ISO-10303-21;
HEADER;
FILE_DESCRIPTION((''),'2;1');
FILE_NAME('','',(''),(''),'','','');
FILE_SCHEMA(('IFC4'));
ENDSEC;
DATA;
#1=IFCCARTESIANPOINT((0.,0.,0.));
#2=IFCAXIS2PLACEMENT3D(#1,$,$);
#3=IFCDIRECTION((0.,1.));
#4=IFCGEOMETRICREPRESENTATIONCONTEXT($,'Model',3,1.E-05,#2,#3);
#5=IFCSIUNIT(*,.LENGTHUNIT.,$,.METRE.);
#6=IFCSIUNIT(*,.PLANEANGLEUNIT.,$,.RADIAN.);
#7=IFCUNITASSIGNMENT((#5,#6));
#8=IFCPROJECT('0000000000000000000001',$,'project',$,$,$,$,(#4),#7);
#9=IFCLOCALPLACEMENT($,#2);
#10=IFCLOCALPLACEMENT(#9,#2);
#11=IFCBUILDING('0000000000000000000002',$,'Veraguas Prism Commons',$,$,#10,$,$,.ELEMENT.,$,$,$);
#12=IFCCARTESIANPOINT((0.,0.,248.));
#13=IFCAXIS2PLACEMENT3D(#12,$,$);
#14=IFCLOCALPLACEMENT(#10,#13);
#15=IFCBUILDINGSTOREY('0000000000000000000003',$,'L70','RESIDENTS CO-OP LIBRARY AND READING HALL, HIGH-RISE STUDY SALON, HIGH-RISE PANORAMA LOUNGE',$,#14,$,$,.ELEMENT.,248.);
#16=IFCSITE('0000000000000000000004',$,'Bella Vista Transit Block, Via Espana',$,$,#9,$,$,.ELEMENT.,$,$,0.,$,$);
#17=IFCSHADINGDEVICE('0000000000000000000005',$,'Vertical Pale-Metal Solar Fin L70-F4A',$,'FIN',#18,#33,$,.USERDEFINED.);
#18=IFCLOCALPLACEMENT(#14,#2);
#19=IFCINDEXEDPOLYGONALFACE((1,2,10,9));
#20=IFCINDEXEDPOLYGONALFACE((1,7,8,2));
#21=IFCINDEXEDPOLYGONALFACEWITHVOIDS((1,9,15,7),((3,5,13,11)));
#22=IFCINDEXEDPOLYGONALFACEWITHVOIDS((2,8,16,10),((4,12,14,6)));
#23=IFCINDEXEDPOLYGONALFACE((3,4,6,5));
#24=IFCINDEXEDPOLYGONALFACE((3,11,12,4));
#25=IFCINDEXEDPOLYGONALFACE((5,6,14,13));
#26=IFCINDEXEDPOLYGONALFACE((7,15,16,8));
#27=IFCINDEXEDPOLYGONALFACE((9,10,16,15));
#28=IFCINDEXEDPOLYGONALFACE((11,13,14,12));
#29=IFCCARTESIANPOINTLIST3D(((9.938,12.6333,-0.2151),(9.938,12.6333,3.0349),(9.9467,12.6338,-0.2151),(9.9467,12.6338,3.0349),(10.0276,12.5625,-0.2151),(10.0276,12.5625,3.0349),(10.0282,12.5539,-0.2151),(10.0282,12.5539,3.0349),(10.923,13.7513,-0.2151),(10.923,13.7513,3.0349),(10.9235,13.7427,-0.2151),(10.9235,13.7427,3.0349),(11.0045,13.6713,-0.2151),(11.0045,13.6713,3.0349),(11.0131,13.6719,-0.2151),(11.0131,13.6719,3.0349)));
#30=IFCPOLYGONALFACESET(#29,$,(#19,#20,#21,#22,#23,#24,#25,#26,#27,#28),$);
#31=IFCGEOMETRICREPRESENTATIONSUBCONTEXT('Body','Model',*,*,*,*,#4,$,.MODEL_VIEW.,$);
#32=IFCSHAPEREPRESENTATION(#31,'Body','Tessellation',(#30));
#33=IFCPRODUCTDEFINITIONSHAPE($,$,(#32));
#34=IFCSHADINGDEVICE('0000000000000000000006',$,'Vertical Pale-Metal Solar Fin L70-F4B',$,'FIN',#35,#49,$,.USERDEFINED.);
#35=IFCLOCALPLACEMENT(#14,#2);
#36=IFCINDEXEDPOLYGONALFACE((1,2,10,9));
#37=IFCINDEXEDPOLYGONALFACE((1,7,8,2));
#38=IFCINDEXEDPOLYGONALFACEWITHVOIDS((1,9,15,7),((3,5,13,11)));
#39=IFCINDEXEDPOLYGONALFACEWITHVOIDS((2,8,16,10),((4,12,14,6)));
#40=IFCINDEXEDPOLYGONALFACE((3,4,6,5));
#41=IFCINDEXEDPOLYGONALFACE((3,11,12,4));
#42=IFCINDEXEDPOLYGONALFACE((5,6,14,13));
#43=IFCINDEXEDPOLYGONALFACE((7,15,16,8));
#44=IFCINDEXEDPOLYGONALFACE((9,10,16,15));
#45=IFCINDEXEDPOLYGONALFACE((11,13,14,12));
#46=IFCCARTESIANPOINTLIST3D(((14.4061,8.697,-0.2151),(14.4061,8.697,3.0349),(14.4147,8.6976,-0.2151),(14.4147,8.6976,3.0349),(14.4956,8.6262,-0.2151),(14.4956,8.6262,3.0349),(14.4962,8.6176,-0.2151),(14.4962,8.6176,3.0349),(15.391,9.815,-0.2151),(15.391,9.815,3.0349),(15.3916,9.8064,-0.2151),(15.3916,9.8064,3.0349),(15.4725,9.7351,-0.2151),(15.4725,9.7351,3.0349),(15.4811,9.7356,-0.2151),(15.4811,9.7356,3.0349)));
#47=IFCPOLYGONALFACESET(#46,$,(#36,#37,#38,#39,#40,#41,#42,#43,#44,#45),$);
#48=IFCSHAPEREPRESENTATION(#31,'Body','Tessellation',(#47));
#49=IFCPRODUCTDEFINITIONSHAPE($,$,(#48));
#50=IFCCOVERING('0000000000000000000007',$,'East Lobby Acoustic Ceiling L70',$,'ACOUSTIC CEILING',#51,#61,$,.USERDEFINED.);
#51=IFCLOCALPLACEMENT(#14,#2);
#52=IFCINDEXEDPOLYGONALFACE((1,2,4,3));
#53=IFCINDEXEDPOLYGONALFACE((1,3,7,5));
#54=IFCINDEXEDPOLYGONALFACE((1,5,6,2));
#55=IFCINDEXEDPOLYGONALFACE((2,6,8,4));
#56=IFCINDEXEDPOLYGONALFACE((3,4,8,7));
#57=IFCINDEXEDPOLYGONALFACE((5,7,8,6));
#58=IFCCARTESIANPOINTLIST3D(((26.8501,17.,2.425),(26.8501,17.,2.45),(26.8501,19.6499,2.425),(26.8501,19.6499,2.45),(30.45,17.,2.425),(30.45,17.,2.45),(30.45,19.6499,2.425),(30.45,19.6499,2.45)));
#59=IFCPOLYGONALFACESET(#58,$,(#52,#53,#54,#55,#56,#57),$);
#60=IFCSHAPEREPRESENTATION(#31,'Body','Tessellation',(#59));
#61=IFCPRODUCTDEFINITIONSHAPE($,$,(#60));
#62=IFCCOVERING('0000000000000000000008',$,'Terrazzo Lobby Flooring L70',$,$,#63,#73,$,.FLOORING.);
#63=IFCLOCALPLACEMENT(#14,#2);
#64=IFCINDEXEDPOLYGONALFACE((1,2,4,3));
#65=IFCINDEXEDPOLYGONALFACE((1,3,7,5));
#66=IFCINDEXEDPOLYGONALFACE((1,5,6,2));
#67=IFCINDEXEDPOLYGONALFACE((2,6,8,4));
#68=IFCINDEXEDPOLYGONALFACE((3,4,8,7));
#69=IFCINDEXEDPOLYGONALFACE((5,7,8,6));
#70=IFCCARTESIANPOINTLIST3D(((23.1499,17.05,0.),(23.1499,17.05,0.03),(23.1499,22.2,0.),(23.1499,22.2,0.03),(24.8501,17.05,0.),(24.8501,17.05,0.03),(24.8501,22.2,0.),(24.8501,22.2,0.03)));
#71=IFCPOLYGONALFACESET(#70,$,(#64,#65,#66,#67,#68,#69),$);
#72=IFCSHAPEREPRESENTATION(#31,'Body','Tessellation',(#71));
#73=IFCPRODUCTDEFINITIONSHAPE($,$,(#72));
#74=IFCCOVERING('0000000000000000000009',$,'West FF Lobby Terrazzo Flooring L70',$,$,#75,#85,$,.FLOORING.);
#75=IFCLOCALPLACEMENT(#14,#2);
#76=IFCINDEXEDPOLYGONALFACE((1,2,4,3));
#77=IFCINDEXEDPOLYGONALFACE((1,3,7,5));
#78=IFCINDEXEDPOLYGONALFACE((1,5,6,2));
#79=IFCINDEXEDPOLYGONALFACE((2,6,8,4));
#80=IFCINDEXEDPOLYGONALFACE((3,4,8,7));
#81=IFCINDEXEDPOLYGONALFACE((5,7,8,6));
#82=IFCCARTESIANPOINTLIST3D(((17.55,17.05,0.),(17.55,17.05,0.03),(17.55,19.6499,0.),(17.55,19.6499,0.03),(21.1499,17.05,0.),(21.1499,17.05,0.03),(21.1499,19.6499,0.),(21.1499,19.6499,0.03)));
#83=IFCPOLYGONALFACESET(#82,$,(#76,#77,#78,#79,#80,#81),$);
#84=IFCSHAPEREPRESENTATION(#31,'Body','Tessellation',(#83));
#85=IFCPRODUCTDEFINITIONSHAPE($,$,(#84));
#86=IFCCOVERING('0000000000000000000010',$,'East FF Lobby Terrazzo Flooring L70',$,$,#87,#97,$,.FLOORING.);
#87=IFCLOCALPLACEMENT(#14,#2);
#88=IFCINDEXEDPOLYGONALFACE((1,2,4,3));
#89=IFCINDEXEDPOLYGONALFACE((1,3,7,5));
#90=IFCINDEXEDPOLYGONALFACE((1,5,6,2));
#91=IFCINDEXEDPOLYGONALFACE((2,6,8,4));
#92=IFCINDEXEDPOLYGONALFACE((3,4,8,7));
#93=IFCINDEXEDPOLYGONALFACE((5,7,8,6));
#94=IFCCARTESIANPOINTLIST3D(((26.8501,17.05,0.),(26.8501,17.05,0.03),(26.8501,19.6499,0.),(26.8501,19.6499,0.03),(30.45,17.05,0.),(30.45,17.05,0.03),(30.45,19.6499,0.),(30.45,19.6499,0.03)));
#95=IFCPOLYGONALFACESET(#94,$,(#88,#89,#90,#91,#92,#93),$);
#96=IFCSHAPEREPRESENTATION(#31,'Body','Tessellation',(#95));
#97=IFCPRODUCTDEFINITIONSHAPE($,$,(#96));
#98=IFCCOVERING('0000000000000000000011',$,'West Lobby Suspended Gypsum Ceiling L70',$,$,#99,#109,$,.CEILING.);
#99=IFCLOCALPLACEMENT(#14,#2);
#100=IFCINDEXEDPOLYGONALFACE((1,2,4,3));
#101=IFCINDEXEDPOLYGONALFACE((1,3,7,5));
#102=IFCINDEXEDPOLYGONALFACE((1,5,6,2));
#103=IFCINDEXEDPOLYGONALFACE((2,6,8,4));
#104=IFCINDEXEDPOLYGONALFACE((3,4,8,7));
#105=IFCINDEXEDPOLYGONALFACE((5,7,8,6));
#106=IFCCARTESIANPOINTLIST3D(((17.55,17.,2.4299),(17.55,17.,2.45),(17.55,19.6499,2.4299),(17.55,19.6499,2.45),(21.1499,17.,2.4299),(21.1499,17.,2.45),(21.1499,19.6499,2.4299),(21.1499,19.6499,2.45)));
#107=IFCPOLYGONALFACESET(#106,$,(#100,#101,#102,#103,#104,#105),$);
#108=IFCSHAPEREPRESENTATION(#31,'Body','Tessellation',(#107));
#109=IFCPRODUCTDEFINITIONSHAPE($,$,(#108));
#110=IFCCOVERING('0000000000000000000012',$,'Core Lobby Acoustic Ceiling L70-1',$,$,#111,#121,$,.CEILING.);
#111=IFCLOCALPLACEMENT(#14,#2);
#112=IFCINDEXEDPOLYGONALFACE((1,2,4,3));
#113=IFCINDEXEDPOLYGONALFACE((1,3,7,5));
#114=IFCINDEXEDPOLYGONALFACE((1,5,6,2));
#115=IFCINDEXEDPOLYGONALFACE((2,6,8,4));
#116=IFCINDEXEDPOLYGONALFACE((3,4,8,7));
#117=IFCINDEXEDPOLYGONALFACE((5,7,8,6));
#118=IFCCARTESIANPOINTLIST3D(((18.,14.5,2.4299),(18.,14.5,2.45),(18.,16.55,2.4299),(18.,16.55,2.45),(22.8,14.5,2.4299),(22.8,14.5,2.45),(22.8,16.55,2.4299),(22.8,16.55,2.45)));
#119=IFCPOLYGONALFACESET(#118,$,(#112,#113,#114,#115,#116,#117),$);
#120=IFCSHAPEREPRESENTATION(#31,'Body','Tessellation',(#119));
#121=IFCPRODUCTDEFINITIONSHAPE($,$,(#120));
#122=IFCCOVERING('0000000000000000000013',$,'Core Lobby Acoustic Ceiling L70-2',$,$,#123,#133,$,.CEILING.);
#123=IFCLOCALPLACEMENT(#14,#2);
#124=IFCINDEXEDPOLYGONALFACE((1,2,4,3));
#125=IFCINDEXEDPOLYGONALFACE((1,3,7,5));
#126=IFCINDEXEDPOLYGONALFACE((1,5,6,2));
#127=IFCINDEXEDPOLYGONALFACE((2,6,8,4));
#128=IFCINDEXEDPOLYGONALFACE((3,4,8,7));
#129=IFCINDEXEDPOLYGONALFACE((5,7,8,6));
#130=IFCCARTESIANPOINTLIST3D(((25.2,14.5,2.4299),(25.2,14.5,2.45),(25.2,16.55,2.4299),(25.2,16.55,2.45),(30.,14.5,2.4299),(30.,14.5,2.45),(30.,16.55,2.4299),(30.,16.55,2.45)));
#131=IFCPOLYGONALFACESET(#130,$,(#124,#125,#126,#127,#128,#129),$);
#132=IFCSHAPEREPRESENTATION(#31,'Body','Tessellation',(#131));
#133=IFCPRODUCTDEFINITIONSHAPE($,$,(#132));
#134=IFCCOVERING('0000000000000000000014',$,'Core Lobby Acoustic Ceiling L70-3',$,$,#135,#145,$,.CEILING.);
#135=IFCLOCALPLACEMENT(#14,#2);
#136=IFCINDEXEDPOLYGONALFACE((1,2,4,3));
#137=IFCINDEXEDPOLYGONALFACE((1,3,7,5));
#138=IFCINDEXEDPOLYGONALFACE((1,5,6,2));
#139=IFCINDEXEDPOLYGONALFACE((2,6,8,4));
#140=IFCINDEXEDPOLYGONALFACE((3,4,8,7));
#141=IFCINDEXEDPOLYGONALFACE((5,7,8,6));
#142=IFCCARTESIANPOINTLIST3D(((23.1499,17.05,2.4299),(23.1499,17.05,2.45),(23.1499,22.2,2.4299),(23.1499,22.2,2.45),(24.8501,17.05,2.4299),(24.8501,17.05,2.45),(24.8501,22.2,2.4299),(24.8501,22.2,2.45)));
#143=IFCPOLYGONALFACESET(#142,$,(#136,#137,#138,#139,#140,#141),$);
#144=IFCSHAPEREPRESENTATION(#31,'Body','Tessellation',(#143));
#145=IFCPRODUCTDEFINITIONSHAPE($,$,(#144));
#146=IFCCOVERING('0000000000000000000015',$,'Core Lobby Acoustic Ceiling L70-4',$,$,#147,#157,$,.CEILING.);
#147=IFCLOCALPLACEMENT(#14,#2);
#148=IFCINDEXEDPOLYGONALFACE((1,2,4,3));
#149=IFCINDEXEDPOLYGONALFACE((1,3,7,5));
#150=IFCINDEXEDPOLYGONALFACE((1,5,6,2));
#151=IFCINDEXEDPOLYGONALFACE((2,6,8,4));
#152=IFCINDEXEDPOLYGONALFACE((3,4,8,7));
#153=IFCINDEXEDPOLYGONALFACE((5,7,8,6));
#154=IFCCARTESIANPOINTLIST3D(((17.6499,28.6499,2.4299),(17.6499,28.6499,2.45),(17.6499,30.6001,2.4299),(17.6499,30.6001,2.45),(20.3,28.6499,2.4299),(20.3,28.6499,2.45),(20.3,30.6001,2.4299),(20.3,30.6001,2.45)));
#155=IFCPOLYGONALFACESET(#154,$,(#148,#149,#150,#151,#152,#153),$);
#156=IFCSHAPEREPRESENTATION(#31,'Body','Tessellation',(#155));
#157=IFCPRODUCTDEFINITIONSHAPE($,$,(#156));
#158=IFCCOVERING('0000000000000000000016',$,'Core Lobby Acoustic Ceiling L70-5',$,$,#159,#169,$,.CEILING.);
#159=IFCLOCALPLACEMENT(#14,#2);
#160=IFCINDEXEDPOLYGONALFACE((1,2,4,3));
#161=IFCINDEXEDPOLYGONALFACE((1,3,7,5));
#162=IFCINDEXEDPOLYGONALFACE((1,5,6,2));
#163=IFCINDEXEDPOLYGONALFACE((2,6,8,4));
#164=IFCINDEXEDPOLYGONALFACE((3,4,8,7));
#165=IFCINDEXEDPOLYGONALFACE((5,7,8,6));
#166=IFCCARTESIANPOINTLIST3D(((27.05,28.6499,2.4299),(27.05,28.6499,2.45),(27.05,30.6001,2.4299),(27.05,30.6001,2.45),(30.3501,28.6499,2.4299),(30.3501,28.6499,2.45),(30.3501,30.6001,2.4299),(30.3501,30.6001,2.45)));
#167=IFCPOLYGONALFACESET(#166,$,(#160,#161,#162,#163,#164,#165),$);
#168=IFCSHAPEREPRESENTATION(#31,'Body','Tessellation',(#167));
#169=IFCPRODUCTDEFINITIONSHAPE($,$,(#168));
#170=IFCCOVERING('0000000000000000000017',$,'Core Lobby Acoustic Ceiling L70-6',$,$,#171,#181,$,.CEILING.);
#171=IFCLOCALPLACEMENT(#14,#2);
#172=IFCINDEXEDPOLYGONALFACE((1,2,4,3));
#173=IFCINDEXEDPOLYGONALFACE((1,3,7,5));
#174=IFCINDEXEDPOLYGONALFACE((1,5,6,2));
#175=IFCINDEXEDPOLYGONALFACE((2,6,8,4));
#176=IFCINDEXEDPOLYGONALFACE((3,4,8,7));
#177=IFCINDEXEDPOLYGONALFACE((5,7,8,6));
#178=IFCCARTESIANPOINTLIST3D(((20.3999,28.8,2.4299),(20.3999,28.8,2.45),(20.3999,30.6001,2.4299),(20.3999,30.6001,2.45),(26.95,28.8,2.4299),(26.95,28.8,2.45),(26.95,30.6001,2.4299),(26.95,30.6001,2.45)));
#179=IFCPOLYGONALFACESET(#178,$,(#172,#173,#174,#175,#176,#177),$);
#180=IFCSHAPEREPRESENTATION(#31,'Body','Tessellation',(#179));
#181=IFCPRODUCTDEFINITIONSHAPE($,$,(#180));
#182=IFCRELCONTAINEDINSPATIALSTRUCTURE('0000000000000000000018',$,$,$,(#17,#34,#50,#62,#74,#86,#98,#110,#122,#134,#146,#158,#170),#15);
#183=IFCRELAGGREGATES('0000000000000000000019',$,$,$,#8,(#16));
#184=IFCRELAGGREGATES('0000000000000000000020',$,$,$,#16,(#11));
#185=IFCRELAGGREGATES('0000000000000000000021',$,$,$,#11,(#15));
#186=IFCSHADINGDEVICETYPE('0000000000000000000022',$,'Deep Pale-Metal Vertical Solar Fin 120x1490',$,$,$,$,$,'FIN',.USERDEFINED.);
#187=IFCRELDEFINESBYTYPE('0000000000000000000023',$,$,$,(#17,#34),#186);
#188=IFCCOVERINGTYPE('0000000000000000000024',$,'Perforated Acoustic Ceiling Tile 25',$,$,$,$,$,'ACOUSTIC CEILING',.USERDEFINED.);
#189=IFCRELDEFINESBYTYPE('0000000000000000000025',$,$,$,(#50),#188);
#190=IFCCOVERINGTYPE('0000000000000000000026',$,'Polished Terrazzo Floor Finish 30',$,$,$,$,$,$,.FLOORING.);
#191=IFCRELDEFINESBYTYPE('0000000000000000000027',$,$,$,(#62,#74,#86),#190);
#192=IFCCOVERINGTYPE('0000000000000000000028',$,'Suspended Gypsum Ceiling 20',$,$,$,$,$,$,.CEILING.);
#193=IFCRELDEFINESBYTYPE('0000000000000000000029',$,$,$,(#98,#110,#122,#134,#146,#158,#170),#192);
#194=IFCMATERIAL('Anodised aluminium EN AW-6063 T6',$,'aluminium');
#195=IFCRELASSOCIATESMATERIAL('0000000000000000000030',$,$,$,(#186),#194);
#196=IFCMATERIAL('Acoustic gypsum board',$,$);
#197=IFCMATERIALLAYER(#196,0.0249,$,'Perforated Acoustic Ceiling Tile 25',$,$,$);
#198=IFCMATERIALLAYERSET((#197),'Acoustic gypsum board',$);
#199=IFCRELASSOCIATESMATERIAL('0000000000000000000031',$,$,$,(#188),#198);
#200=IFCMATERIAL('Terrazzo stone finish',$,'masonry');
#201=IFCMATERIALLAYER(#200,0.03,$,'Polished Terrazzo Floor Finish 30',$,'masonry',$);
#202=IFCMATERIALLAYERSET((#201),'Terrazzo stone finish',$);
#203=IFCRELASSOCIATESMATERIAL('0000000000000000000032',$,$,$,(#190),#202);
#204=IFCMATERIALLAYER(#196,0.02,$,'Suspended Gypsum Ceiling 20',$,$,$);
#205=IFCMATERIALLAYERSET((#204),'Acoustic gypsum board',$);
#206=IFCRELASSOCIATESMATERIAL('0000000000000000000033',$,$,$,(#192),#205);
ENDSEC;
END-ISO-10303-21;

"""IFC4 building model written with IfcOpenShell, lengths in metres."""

from ifc_helpers import new_model, si_unit, direction, frame, origin, origin_2d, place, context, subcontext, project, spatial, polyline, hollow_rectangle, outline, extrude, material, layer, layer_set, material_profile, profile_set, type_object, element, save


model = new_model("IFC4")

# Units and contexts
model_context = context("Model", 3, precision=1e-05, world=origin(), true_north=direction((0.0, 1.0)))
body_context = subcontext(model_context, "Body", "Model", "MODEL_VIEW")
ifc_project = project(units=[si_unit("LENGTHUNIT", "METRE"), si_unit("PLANEANGLEUNIT", "RADIAN")], contexts=[model_context])

# Site, building, storey
site_placement = place(None, origin())
site = spatial("IfcSite", under=ifc_project, at=site_placement, Name="Bella Vista Transit Block, Via Espana", CompositionType="ELEMENT", RefElevation=0.0)
building_placement = place(site_placement, origin())
building = spatial("IfcBuilding", under=site, at=building_placement, Name="Veraguas Prism Commons", CompositionType="ELEMENT")
storey_placement = place(building_placement, frame((0.0, 0.0, 248.0)))
storey = spatial("IfcBuildingStorey", under=building, at=storey_placement, Name="L70", Description="RESIDENTS CO-OP LIBRARY AND READING HALL, HIGH-RISE STUDY SALON, HIGH-RISE PANORAMA LOUNGE", CompositionType="ELEMENT", Elevation=248.0)

# Shared definitions
ifc_material_1 = material(Name="Anodised aluminium EN AW-6063 T6", Category="aluminium")

# Shading devices
ifc_material_profile_1 = material_profile(ifc_material_1, hollow_rectangle(XDim=0.1201, YDim=1.49, WallThickness=0.0061, at=origin_2d()), Name="FIN120X1490X6")
ifc_profile_set_1 = profile_set([ifc_material_profile_1], Name="Anodised aluminium EN AW-6063 T6")
shading_device_type = type_object("IfcShadingDeviceType", Name="Deep Pale-Metal Vertical Solar Fin 120x1490", ElementType="FIN", PredefinedType="USERDEFINED", material=ifc_profile_set_1)
for number, where, z_axis, x_axis, name in (
    (1, (10.4756, 13.1526, -0.2151), (0.0, 0.0, 1.0), (0.750344, -0.661047, 0.0), "Vertical Pale-Metal Solar Fin L70-F4A"),
    (2, (14.9436, 9.2163, -0.2151), (0.0, 0.0, 1.0), (0.750344, -0.661047, 0.0), "Vertical Pale-Metal Solar Fin L70-F4B"),
):
    element("IfcShadingDevice", number, at=place(storey_placement, frame(where, z_axis=z_axis, x_axis=x_axis)), inside=storey, type_object=shading_device_type, Name=name, ObjectType="FIN", PredefinedType="USERDEFINED", context=body_context, shape_type="SweptSolid", body=[
        extrude(hollow_rectangle(XDim=0.1201, YDim=1.49, WallThickness=0.0061, at=origin_2d()), origin(), (0.0, 0.0, 1.0), 3.25),
    ])

# Coverings
ifc_material_2 = material(Name="Acoustic gypsum board")
ifc_layer_1 = layer(ifc_material_2, 0.0249, Name="Perforated Acoustic Ceiling Tile 25")
ifc_layer_set_1 = layer_set([ifc_layer_1], Name="Acoustic gypsum board")
covering_type_1 = type_object("IfcCoveringType", Name="Perforated Acoustic Ceiling Tile 25", ElementType="ACOUSTIC CEILING", PredefinedType="USERDEFINED", material=ifc_layer_set_1)
covering_1_placement = place(storey_placement, frame((0.0, 0.0, 2.425)))
element("IfcCovering", 3, at=covering_1_placement, inside=storey, type_object=covering_type_1, Name="East Lobby Acoustic Ceiling L70", ObjectType="ACOUSTIC CEILING", PredefinedType="USERDEFINED", context=body_context, shape_type="SweptSolid", body=[
    extrude(outline(polyline([(26.8501, 17.0), (30.45, 17.0), (30.45, 19.6499), (26.8501, 19.6499), (26.8501, 17.0)])), origin(), (0.0, 0.0, 1.0), 0.0249),
])
ifc_material_3 = material(Name="Terrazzo stone finish", Category="masonry")
ifc_layer_2 = layer(ifc_material_3, 0.03, Name="Polished Terrazzo Floor Finish 30", Category="masonry")
ifc_layer_set_2 = layer_set([ifc_layer_2], Name="Terrazzo stone finish")
covering_type_2 = type_object("IfcCoveringType", Name="Polished Terrazzo Floor Finish 30", PredefinedType="FLOORING", material=ifc_layer_set_2)
covering_2_placement = place(storey_placement, origin())
element("IfcCovering", 4, at=covering_2_placement, inside=storey, type_object=covering_type_2, Name="Terrazzo Lobby Flooring L70", PredefinedType="FLOORING", context=body_context, shape_type="SweptSolid", body=[
    extrude(outline(polyline([(23.1499, 17.05), (24.8501, 17.05), (24.8501, 22.2), (23.1499, 22.2), (23.1499, 17.05)])), origin(), (0.0, 0.0, 1.0), 0.03),
])
covering_3_placement = place(storey_placement, origin())
element("IfcCovering", 5, at=covering_3_placement, inside=storey, type_object=covering_type_2, Name="West FF Lobby Terrazzo Flooring L70", PredefinedType="FLOORING", context=body_context, shape_type="SweptSolid", body=[
    extrude(outline(polyline([(17.55, 17.05), (21.1499, 17.05), (21.1499, 19.6499), (17.55, 19.6499), (17.55, 17.05)])), origin(), (0.0, 0.0, 1.0), 0.03),
])
covering_4_placement = place(storey_placement, origin())
element("IfcCovering", 6, at=covering_4_placement, inside=storey, type_object=covering_type_2, Name="East FF Lobby Terrazzo Flooring L70", PredefinedType="FLOORING", context=body_context, shape_type="SweptSolid", body=[
    extrude(outline(polyline([(26.8501, 17.05), (30.45, 17.05), (30.45, 19.6499), (26.8501, 19.6499), (26.8501, 17.05)])), origin(), (0.0, 0.0, 1.0), 0.03),
])
ifc_layer_3 = layer(ifc_material_2, 0.02, Name="Suspended Gypsum Ceiling 20")
ifc_layer_set_3 = layer_set([ifc_layer_3], Name="Acoustic gypsum board")
covering_type_3 = type_object("IfcCoveringType", Name="Suspended Gypsum Ceiling 20", PredefinedType="CEILING", material=ifc_layer_set_3)
covering_5_placement = place(storey_placement, frame((0.0, 0.0, 2.4299)))
element("IfcCovering", 7, at=covering_5_placement, inside=storey, type_object=covering_type_3, Name="West Lobby Suspended Gypsum Ceiling L70", PredefinedType="CEILING", context=body_context, shape_type="SweptSolid", body=[
    extrude(outline(polyline([(17.55, 17.0), (21.1499, 17.0), (21.1499, 19.6499), (17.55, 19.6499), (17.55, 17.0)])), origin(), (0.0, 0.0, 1.0), 0.02),
])
covering_6_placement = place(storey_placement, frame((0.0, 0.0, 2.4299)))
element("IfcCovering", 8, at=covering_6_placement, inside=storey, type_object=covering_type_3, Name="Core Lobby Acoustic Ceiling L70-1", PredefinedType="CEILING", context=body_context, shape_type="SweptSolid", body=[
    extrude(outline(polyline([(18.0, 14.5), (22.8, 14.5), (22.8, 16.55), (18.0, 16.55), (18.0, 14.5)])), origin(), (0.0, 0.0, 1.0), 0.02),
])
covering_7_placement = place(storey_placement, frame((0.0, 0.0, 2.4299)))
element("IfcCovering", 9, at=covering_7_placement, inside=storey, type_object=covering_type_3, Name="Core Lobby Acoustic Ceiling L70-2", PredefinedType="CEILING", context=body_context, shape_type="SweptSolid", body=[
    extrude(outline(polyline([(25.2, 14.5), (30.0, 14.5), (30.0, 16.55), (25.2, 16.55), (25.2, 14.5)])), origin(), (0.0, 0.0, 1.0), 0.02),
])
covering_8_placement = place(storey_placement, frame((0.0, 0.0, 2.4299)))
element("IfcCovering", 10, at=covering_8_placement, inside=storey, type_object=covering_type_3, Name="Core Lobby Acoustic Ceiling L70-3", PredefinedType="CEILING", context=body_context, shape_type="SweptSolid", body=[
    extrude(outline(polyline([(23.1499, 17.05), (24.8501, 17.05), (24.8501, 22.2), (23.1499, 22.2), (23.1499, 17.05)])), origin(), (0.0, 0.0, 1.0), 0.02),
])
covering_9_placement = place(storey_placement, frame((0.0, 0.0, 2.4299)))
element("IfcCovering", 11, at=covering_9_placement, inside=storey, type_object=covering_type_3, Name="Core Lobby Acoustic Ceiling L70-4", PredefinedType="CEILING", context=body_context, shape_type="SweptSolid", body=[
    extrude(outline(polyline([(17.6499, 28.6499), (20.3, 28.6499), (20.3, 30.6001), (17.6499, 30.6001), (17.6499, 28.6499)])), origin(), (0.0, 0.0, 1.0), 0.02),
])
covering_10_placement = place(storey_placement, frame((0.0, 0.0, 2.4299)))
element("IfcCovering", 12, at=covering_10_placement, inside=storey, type_object=covering_type_3, Name="Core Lobby Acoustic Ceiling L70-5", PredefinedType="CEILING", context=body_context, shape_type="SweptSolid", body=[
    extrude(outline(polyline([(27.05, 28.6499), (30.3501, 28.6499), (30.3501, 30.6001), (27.05, 30.6001), (27.05, 28.6499)])), origin(), (0.0, 0.0, 1.0), 0.02),
])
covering_11_placement = place(storey_placement, frame((0.0, 0.0, 2.4299)))
element("IfcCovering", 13, at=covering_11_placement, inside=storey, type_object=covering_type_3, Name="Core Lobby Acoustic Ceiling L70-6", PredefinedType="CEILING", context=body_context, shape_type="SweptSolid", body=[
    extrude(outline(polyline([(20.3999, 28.8), (26.95, 28.8), (26.95, 30.6001), (20.3999, 30.6001), (20.3999, 28.8)])), origin(), (0.0, 0.0, 1.0), 0.02),
])

save(model, "model.ifc")
